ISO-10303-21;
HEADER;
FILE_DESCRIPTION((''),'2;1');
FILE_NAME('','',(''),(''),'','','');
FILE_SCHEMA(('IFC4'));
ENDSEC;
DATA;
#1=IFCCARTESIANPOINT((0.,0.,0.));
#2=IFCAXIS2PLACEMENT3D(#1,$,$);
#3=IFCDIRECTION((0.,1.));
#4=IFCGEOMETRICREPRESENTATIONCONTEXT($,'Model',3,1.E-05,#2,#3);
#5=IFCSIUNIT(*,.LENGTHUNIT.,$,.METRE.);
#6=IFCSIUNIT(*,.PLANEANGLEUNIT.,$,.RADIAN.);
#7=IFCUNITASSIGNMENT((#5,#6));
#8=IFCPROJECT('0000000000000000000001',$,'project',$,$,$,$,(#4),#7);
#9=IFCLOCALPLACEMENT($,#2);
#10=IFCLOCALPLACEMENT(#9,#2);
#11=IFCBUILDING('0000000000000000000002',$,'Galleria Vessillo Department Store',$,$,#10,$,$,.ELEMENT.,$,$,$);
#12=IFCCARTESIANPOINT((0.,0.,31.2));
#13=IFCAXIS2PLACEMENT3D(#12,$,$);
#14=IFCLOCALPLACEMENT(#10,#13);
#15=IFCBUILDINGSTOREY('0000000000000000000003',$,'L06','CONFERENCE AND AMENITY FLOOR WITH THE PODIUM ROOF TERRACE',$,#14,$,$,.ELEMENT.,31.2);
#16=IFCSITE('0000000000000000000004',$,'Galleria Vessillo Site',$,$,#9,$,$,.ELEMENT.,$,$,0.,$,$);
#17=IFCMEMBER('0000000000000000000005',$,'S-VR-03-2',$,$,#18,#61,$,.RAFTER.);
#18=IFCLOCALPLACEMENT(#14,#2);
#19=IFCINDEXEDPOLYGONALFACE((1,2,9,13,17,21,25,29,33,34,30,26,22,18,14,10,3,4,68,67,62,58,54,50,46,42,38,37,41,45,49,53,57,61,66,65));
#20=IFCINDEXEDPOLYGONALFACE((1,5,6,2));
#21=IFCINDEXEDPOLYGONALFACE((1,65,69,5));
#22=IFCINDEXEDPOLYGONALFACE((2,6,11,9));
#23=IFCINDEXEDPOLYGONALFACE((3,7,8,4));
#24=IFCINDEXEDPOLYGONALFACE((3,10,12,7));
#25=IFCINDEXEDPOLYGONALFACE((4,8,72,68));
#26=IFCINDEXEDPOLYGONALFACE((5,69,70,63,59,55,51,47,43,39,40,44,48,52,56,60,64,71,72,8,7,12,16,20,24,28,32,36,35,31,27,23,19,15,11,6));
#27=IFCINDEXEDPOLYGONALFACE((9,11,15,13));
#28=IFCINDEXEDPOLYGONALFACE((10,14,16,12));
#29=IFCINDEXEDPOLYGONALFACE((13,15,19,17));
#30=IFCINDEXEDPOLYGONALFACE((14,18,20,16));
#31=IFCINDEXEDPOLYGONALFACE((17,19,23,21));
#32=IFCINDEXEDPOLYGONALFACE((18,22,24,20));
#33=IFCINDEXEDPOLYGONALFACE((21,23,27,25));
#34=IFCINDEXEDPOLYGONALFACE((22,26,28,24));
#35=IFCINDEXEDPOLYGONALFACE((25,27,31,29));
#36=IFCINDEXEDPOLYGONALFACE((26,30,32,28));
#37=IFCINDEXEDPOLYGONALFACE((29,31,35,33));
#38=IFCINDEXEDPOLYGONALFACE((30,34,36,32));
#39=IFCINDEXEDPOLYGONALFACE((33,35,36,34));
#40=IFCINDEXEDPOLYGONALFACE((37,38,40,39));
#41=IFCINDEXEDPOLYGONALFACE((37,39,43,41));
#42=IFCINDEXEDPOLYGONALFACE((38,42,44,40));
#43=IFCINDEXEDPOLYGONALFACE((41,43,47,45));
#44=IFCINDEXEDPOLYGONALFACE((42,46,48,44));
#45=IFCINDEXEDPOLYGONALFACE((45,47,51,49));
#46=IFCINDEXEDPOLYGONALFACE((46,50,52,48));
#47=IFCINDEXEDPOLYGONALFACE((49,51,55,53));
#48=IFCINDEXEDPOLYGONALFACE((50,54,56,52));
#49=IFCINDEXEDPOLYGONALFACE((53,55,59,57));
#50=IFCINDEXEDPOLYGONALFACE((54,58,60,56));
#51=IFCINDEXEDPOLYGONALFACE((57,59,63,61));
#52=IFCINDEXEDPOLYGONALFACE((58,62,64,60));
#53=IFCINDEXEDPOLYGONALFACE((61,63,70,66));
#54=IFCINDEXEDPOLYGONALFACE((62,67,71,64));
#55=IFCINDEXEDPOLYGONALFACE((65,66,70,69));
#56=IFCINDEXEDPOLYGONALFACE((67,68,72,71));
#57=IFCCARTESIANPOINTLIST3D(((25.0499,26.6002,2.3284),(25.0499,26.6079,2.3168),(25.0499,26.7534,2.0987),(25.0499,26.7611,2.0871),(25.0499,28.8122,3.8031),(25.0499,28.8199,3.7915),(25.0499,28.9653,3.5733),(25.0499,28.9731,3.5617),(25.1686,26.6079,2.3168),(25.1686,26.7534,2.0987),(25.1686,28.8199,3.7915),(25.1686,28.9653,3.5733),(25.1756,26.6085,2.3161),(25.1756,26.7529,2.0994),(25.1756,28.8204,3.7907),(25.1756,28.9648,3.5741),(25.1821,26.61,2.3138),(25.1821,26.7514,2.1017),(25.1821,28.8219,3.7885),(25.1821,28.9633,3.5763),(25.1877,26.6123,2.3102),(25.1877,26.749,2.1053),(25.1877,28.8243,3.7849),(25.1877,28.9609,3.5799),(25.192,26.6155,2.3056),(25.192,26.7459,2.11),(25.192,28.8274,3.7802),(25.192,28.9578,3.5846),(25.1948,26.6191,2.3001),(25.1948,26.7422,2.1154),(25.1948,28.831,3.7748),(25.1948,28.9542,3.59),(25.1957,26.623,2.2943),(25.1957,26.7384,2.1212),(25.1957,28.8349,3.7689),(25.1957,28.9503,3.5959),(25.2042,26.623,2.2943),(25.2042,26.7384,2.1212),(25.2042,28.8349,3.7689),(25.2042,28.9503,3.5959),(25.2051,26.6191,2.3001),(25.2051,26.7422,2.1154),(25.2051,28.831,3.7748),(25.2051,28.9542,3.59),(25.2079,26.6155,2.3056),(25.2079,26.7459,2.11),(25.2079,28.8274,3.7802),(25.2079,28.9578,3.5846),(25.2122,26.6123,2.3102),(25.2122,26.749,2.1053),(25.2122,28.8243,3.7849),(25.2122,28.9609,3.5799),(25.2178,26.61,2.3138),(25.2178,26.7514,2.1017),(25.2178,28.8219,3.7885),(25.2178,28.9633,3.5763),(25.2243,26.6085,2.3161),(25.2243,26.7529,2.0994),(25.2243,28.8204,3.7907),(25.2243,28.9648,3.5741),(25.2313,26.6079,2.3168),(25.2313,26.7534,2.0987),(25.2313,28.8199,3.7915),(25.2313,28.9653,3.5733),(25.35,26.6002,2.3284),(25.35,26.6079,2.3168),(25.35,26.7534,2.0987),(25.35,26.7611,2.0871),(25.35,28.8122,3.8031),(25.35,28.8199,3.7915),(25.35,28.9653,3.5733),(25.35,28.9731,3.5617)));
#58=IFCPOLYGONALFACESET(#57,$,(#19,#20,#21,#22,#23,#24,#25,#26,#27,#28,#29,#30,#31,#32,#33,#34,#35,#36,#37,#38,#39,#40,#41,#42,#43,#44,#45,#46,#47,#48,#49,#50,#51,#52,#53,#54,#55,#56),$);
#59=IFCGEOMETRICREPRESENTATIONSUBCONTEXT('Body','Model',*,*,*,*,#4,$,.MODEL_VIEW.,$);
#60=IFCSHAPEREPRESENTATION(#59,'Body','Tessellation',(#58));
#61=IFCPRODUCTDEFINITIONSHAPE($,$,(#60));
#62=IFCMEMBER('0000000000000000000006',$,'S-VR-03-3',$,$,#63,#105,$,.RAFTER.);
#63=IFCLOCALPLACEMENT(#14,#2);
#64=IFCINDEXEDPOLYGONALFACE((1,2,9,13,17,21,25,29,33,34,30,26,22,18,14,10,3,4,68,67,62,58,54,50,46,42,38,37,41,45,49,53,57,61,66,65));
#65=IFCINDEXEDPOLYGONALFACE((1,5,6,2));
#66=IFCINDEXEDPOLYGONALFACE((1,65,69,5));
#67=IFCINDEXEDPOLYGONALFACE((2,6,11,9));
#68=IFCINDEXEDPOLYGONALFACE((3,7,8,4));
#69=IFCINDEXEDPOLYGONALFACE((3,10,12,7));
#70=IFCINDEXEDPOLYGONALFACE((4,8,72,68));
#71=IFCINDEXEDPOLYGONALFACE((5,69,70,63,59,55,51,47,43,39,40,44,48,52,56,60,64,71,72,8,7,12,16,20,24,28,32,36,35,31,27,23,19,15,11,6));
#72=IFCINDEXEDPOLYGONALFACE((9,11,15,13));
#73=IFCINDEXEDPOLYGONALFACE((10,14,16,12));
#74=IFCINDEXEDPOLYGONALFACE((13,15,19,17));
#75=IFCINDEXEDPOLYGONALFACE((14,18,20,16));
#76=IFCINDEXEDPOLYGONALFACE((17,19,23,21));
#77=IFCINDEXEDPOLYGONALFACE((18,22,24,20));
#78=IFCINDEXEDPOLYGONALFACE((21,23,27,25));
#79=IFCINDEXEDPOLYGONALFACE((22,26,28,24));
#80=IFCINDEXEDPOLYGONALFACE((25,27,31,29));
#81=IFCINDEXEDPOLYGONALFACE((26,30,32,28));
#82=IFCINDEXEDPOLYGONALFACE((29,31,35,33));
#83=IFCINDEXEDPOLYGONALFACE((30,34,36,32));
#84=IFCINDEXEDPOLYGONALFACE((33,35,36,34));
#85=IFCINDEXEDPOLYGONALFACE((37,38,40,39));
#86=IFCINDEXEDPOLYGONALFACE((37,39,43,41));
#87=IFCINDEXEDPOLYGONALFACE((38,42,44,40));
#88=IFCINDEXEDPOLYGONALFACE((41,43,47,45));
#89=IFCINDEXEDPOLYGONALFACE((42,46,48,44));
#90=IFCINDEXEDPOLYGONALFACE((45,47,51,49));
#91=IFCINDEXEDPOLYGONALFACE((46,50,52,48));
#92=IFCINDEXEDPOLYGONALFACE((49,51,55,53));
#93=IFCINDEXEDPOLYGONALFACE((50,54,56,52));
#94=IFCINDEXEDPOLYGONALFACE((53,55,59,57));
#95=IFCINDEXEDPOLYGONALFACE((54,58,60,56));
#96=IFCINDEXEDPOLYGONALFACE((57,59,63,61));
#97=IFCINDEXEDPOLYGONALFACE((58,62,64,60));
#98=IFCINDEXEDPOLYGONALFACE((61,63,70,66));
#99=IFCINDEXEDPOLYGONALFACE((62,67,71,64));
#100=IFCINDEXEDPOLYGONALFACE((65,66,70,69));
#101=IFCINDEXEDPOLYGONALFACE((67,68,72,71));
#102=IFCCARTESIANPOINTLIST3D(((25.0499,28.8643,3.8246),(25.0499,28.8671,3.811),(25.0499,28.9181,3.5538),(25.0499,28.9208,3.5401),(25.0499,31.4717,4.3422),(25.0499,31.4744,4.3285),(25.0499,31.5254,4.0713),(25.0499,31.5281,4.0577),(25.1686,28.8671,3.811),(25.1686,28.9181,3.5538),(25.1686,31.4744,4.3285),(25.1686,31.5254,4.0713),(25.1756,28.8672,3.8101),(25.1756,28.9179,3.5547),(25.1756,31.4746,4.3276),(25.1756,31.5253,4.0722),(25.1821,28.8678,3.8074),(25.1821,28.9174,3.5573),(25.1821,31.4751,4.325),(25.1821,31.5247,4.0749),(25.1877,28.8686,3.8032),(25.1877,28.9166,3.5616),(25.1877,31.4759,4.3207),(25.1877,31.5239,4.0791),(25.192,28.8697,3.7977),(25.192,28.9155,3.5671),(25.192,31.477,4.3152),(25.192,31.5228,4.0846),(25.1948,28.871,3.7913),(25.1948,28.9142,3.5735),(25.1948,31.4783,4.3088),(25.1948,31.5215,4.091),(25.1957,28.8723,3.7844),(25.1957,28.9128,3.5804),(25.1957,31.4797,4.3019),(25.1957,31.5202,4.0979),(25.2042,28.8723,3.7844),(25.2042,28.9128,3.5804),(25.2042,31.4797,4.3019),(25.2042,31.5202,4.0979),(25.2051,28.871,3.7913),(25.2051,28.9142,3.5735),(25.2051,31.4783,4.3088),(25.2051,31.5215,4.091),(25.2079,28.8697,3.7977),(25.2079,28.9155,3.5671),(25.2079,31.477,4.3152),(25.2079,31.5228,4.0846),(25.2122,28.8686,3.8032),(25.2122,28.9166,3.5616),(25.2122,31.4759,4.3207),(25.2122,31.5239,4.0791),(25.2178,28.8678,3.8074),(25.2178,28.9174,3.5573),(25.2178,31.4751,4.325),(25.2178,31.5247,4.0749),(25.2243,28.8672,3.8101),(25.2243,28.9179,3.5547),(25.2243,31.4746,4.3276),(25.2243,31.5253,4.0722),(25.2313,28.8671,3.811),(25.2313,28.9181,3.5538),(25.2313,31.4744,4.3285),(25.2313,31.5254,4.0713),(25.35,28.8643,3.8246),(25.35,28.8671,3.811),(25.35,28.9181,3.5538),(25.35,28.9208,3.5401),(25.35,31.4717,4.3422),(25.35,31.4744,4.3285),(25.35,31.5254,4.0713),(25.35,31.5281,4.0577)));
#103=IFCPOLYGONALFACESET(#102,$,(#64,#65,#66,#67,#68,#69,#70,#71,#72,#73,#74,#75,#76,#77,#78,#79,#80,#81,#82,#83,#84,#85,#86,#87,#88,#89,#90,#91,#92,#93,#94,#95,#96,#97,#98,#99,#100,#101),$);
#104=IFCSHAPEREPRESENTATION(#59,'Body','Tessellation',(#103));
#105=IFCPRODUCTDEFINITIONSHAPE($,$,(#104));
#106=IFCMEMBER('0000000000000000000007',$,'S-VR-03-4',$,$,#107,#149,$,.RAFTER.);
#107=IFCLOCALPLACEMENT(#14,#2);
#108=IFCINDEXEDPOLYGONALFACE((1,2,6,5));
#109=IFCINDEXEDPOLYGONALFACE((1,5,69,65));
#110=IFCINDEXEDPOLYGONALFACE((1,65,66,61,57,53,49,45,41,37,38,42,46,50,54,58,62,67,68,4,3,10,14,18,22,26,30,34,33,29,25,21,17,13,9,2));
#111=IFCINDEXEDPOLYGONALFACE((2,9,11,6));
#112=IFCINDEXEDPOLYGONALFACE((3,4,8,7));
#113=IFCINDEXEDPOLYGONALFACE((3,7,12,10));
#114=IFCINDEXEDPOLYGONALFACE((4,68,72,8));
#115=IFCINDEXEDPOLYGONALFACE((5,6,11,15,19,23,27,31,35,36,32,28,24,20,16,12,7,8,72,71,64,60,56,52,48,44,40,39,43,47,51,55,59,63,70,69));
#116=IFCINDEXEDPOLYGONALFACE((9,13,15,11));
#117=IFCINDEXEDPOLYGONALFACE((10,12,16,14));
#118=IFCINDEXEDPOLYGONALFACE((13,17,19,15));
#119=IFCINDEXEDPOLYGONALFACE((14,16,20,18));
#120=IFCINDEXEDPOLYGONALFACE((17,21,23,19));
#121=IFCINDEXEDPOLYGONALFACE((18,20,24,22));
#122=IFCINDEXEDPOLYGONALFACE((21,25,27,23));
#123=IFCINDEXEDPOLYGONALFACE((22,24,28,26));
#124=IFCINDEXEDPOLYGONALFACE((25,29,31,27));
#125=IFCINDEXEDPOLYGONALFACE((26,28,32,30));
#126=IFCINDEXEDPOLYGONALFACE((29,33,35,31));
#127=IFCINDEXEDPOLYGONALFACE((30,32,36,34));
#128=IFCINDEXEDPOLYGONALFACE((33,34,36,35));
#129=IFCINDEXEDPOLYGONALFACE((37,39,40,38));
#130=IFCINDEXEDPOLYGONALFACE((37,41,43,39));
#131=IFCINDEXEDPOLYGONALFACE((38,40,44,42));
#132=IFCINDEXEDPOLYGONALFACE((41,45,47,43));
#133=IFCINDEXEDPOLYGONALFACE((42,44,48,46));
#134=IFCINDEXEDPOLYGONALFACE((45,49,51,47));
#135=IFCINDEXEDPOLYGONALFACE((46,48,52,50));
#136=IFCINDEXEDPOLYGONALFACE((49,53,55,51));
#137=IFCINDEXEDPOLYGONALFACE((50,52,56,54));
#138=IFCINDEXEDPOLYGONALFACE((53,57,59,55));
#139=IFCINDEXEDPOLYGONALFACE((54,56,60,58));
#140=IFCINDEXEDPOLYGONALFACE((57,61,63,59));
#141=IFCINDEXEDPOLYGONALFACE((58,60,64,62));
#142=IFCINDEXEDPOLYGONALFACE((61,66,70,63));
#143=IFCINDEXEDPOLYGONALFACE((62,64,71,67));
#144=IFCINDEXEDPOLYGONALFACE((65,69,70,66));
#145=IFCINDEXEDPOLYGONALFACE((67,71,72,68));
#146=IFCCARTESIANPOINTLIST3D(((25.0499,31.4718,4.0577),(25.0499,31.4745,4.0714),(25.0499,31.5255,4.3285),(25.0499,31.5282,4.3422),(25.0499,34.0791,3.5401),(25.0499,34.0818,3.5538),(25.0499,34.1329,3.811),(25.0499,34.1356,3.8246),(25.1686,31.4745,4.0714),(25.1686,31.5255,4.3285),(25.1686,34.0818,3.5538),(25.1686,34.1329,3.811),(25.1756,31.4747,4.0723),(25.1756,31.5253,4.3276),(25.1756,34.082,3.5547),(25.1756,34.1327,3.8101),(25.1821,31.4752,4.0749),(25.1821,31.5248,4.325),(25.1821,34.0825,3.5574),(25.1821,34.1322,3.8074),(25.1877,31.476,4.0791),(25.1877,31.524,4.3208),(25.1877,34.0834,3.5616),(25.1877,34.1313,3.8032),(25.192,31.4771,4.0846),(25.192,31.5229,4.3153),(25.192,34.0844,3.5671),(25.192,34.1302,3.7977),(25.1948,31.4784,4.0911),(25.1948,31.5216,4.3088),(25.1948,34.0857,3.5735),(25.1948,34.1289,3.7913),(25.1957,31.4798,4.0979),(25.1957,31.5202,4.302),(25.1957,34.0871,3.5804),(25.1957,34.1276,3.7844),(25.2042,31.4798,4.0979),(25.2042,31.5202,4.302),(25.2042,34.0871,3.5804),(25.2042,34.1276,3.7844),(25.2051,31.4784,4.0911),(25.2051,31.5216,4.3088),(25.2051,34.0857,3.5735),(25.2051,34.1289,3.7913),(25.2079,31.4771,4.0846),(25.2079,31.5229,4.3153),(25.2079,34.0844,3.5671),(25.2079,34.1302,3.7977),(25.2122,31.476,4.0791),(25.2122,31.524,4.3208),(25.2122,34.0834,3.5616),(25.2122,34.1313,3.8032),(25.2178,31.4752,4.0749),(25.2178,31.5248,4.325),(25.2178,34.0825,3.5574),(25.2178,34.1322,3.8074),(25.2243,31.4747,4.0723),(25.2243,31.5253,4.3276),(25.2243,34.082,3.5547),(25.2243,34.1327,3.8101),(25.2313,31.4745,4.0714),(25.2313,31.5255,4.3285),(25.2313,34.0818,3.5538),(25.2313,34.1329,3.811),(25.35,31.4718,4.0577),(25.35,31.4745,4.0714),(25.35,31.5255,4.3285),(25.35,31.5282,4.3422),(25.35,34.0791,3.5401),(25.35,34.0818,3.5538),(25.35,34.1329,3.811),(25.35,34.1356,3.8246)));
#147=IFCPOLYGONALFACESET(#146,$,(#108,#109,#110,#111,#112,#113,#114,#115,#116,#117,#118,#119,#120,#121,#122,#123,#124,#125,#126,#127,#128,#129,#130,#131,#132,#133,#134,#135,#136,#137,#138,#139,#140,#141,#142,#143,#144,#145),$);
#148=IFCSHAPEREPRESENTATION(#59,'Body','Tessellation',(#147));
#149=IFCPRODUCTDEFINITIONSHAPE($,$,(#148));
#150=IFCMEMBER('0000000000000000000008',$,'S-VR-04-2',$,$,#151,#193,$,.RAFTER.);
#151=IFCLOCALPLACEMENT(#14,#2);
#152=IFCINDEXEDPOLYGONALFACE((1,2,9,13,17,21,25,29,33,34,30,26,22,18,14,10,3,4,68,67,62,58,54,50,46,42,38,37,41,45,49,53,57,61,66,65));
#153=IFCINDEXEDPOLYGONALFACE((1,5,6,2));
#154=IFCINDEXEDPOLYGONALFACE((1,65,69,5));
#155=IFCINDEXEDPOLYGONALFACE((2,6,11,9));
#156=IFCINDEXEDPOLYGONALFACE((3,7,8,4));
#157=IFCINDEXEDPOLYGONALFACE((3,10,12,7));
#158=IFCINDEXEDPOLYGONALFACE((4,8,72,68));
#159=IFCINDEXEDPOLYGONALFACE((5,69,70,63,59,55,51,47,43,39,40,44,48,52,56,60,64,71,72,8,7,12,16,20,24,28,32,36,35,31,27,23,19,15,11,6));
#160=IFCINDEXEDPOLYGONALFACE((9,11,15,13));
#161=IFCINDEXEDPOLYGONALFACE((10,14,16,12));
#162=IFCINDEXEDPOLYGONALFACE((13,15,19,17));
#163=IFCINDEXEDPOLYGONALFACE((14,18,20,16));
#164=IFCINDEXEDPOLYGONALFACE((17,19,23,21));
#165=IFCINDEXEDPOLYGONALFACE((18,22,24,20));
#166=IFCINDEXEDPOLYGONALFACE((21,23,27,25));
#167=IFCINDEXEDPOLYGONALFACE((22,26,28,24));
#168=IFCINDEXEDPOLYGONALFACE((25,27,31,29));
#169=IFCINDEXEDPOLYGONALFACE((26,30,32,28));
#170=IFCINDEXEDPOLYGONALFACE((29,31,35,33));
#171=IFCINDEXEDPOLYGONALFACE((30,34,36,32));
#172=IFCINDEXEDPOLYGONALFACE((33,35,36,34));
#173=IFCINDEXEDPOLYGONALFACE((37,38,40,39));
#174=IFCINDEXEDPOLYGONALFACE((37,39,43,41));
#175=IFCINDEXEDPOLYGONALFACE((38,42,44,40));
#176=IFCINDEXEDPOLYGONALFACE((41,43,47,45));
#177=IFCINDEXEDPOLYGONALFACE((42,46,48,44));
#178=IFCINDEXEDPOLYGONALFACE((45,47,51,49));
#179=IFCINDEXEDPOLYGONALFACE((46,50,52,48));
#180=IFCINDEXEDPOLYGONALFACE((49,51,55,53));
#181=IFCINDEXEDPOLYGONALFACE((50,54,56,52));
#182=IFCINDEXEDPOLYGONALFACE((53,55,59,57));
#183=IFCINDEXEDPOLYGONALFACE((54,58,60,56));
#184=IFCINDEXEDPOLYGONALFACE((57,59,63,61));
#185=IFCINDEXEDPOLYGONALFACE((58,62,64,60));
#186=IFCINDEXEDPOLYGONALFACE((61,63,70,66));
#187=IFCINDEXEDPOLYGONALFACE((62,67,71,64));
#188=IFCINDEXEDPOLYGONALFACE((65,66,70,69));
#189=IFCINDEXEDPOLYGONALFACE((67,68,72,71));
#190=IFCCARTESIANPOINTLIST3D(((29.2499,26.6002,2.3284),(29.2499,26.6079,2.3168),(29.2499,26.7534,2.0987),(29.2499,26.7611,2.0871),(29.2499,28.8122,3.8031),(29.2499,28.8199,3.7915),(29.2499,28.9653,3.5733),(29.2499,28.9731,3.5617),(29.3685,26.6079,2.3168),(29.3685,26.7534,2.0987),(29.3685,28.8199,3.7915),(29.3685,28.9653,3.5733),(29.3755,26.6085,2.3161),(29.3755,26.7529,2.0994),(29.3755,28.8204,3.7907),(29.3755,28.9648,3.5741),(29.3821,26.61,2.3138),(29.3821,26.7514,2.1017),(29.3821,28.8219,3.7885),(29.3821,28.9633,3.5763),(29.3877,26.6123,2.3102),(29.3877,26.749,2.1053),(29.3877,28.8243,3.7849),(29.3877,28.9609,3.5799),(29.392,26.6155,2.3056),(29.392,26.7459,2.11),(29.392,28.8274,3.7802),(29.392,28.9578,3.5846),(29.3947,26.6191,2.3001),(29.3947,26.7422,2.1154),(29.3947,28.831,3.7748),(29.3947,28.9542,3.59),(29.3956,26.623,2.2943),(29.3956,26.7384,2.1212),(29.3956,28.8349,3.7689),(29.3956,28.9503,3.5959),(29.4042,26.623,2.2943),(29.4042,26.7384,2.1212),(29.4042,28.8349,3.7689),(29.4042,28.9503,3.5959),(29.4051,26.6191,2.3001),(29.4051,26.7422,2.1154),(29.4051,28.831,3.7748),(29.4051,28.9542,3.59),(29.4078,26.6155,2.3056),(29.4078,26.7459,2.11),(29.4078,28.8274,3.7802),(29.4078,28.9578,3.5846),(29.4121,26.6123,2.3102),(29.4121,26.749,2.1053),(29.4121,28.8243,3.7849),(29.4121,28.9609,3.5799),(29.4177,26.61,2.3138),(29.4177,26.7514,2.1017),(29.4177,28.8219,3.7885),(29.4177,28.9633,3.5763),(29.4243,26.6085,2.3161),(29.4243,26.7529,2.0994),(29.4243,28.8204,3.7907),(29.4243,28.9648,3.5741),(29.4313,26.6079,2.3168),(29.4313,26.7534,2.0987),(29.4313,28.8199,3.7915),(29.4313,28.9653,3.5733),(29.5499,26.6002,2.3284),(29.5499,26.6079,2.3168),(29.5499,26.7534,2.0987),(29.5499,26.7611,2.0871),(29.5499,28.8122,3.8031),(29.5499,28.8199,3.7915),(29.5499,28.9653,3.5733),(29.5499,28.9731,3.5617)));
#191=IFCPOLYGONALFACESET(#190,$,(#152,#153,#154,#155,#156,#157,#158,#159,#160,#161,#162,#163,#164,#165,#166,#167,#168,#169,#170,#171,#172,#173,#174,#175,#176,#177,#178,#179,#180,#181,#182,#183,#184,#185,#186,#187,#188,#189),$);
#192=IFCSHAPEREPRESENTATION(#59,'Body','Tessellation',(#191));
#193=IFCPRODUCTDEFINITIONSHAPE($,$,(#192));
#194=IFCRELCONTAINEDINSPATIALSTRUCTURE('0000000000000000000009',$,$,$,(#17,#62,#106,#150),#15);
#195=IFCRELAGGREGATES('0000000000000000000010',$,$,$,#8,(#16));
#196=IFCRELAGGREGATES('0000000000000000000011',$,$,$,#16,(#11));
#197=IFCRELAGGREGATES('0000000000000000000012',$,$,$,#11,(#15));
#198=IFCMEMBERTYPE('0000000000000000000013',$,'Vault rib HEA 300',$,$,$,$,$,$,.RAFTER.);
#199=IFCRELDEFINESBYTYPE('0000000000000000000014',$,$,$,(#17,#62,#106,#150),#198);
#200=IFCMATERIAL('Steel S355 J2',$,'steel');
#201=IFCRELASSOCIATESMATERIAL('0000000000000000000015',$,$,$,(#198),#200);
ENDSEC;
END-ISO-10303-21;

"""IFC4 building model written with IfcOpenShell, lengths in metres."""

from ifc_helpers import new_model, si_unit, direction, frame, origin, origin_2d, place, context, subcontext, project, spatial, i_section, extrude, material, material_profile, profile_set, type_object, element, save


model = new_model("IFC4")

# Units and contexts
model_context = context("Model", 3, precision=1e-05, world=origin(), true_north=direction((0.0, 1.0)))
body_context = subcontext(model_context, "Body", "Model", "MODEL_VIEW")
ifc_project = project(units=[si_unit("LENGTHUNIT", "METRE"), si_unit("PLANEANGLEUNIT", "RADIAN")], contexts=[model_context])

# Site, building, storey
site_placement = place(None, origin())
site = spatial("IfcSite", under=ifc_project, at=site_placement, Name="Galleria Vessillo Site", CompositionType="ELEMENT", RefElevation=0.0)
building_placement = place(site_placement, origin())
building = spatial("IfcBuilding", under=site, at=building_placement, Name="Galleria Vessillo Department Store", CompositionType="ELEMENT")
storey_placement = place(building_placement, frame((0.0, 0.0, 31.2)))
storey = spatial("IfcBuildingStorey", under=building, at=storey_placement, Name="L06", Description="CONFERENCE AND AMENITY FLOOR WITH THE PODIUM ROOF TERRACE", CompositionType="ELEMENT", Elevation=31.2)

# Members
ifc_material_1 = material(Name="Steel S355 J2", Category="steel")
ifc_material_profile_1 = material_profile(ifc_material_1, i_section(OverallWidth=0.3, OverallDepth=0.29, WebThickness=0.0085, FlangeThickness=0.0139, FilletRadius=0.0271, at=origin_2d()), Name="HEA 300")
ifc_profile_set_1 = profile_set([ifc_material_profile_1], Name="Steel S355 J2")
member_type_1 = type_object("IfcMemberType", Name="Vault rib HEA 300", PredefinedType="RAFTER", material=ifc_profile_set_1)
member_1_placement = place(storey_placement, frame((25.2, 26.6807, 2.2078), z_axis=(0.0, 0.83205, 0.5547), x_axis=(-1.0, 0.0, 0.0)))
element("IfcMember", 1, at=member_1_placement, inside=storey, type_object=member_type_1, Name="S-VR-03-2", PredefinedType="RAFTER", context=body_context, shape_type="SweptSolid", body=[
    extrude(i_section(OverallWidth=0.3, OverallDepth=0.29, WebThickness=0.0085, FlangeThickness=0.0139, FilletRadius=0.0271, at=origin_2d()), origin(), (0.0, 0.0, 1.0), 2.6584),
])
for number, where, z_axis, x_axis, name in (
    (2, (25.2, 28.8926, 3.6824), (0.0, 0.980862, 0.194703), (-1.0, 0.0, 0.0), "S-VR-03-3"),
    (3, (25.2, 31.5, 4.2), (0.0, 0.980862, -0.194703), (-1.0, 0.0, 0.0), "S-VR-03-4"),
):
    element("IfcMember", number, at=place(storey_placement, frame(where, z_axis=z_axis, x_axis=x_axis)), inside=storey, type_object=member_type_1, Name=name, PredefinedType="RAFTER", context=body_context, shape_type="SweptSolid", body=[
        extrude(i_section(OverallWidth=0.3, OverallDepth=0.29, WebThickness=0.0085, FlangeThickness=0.0139, FilletRadius=0.0271, at=origin_2d()), origin(), (0.0, 0.0, 1.0), 2.6582),
    ])
member_2_placement = place(storey_placement, frame((29.3999, 26.6807, 2.2078), z_axis=(0.0, 0.83205, 0.5547), x_axis=(-1.0, 0.0, 0.0)))
element("IfcMember", 4, at=member_2_placement, inside=storey, type_object=member_type_1, Name="S-VR-04-2", PredefinedType="RAFTER", context=body_context, shape_type="SweptSolid", body=[
    extrude(i_section(OverallWidth=0.3, OverallDepth=0.29, WebThickness=0.0085, FlangeThickness=0.0139, FilletRadius=0.0271, at=origin_2d()), origin(), (0.0, 0.0, 1.0), 2.6584),
])

save(model, "model.ifc")
